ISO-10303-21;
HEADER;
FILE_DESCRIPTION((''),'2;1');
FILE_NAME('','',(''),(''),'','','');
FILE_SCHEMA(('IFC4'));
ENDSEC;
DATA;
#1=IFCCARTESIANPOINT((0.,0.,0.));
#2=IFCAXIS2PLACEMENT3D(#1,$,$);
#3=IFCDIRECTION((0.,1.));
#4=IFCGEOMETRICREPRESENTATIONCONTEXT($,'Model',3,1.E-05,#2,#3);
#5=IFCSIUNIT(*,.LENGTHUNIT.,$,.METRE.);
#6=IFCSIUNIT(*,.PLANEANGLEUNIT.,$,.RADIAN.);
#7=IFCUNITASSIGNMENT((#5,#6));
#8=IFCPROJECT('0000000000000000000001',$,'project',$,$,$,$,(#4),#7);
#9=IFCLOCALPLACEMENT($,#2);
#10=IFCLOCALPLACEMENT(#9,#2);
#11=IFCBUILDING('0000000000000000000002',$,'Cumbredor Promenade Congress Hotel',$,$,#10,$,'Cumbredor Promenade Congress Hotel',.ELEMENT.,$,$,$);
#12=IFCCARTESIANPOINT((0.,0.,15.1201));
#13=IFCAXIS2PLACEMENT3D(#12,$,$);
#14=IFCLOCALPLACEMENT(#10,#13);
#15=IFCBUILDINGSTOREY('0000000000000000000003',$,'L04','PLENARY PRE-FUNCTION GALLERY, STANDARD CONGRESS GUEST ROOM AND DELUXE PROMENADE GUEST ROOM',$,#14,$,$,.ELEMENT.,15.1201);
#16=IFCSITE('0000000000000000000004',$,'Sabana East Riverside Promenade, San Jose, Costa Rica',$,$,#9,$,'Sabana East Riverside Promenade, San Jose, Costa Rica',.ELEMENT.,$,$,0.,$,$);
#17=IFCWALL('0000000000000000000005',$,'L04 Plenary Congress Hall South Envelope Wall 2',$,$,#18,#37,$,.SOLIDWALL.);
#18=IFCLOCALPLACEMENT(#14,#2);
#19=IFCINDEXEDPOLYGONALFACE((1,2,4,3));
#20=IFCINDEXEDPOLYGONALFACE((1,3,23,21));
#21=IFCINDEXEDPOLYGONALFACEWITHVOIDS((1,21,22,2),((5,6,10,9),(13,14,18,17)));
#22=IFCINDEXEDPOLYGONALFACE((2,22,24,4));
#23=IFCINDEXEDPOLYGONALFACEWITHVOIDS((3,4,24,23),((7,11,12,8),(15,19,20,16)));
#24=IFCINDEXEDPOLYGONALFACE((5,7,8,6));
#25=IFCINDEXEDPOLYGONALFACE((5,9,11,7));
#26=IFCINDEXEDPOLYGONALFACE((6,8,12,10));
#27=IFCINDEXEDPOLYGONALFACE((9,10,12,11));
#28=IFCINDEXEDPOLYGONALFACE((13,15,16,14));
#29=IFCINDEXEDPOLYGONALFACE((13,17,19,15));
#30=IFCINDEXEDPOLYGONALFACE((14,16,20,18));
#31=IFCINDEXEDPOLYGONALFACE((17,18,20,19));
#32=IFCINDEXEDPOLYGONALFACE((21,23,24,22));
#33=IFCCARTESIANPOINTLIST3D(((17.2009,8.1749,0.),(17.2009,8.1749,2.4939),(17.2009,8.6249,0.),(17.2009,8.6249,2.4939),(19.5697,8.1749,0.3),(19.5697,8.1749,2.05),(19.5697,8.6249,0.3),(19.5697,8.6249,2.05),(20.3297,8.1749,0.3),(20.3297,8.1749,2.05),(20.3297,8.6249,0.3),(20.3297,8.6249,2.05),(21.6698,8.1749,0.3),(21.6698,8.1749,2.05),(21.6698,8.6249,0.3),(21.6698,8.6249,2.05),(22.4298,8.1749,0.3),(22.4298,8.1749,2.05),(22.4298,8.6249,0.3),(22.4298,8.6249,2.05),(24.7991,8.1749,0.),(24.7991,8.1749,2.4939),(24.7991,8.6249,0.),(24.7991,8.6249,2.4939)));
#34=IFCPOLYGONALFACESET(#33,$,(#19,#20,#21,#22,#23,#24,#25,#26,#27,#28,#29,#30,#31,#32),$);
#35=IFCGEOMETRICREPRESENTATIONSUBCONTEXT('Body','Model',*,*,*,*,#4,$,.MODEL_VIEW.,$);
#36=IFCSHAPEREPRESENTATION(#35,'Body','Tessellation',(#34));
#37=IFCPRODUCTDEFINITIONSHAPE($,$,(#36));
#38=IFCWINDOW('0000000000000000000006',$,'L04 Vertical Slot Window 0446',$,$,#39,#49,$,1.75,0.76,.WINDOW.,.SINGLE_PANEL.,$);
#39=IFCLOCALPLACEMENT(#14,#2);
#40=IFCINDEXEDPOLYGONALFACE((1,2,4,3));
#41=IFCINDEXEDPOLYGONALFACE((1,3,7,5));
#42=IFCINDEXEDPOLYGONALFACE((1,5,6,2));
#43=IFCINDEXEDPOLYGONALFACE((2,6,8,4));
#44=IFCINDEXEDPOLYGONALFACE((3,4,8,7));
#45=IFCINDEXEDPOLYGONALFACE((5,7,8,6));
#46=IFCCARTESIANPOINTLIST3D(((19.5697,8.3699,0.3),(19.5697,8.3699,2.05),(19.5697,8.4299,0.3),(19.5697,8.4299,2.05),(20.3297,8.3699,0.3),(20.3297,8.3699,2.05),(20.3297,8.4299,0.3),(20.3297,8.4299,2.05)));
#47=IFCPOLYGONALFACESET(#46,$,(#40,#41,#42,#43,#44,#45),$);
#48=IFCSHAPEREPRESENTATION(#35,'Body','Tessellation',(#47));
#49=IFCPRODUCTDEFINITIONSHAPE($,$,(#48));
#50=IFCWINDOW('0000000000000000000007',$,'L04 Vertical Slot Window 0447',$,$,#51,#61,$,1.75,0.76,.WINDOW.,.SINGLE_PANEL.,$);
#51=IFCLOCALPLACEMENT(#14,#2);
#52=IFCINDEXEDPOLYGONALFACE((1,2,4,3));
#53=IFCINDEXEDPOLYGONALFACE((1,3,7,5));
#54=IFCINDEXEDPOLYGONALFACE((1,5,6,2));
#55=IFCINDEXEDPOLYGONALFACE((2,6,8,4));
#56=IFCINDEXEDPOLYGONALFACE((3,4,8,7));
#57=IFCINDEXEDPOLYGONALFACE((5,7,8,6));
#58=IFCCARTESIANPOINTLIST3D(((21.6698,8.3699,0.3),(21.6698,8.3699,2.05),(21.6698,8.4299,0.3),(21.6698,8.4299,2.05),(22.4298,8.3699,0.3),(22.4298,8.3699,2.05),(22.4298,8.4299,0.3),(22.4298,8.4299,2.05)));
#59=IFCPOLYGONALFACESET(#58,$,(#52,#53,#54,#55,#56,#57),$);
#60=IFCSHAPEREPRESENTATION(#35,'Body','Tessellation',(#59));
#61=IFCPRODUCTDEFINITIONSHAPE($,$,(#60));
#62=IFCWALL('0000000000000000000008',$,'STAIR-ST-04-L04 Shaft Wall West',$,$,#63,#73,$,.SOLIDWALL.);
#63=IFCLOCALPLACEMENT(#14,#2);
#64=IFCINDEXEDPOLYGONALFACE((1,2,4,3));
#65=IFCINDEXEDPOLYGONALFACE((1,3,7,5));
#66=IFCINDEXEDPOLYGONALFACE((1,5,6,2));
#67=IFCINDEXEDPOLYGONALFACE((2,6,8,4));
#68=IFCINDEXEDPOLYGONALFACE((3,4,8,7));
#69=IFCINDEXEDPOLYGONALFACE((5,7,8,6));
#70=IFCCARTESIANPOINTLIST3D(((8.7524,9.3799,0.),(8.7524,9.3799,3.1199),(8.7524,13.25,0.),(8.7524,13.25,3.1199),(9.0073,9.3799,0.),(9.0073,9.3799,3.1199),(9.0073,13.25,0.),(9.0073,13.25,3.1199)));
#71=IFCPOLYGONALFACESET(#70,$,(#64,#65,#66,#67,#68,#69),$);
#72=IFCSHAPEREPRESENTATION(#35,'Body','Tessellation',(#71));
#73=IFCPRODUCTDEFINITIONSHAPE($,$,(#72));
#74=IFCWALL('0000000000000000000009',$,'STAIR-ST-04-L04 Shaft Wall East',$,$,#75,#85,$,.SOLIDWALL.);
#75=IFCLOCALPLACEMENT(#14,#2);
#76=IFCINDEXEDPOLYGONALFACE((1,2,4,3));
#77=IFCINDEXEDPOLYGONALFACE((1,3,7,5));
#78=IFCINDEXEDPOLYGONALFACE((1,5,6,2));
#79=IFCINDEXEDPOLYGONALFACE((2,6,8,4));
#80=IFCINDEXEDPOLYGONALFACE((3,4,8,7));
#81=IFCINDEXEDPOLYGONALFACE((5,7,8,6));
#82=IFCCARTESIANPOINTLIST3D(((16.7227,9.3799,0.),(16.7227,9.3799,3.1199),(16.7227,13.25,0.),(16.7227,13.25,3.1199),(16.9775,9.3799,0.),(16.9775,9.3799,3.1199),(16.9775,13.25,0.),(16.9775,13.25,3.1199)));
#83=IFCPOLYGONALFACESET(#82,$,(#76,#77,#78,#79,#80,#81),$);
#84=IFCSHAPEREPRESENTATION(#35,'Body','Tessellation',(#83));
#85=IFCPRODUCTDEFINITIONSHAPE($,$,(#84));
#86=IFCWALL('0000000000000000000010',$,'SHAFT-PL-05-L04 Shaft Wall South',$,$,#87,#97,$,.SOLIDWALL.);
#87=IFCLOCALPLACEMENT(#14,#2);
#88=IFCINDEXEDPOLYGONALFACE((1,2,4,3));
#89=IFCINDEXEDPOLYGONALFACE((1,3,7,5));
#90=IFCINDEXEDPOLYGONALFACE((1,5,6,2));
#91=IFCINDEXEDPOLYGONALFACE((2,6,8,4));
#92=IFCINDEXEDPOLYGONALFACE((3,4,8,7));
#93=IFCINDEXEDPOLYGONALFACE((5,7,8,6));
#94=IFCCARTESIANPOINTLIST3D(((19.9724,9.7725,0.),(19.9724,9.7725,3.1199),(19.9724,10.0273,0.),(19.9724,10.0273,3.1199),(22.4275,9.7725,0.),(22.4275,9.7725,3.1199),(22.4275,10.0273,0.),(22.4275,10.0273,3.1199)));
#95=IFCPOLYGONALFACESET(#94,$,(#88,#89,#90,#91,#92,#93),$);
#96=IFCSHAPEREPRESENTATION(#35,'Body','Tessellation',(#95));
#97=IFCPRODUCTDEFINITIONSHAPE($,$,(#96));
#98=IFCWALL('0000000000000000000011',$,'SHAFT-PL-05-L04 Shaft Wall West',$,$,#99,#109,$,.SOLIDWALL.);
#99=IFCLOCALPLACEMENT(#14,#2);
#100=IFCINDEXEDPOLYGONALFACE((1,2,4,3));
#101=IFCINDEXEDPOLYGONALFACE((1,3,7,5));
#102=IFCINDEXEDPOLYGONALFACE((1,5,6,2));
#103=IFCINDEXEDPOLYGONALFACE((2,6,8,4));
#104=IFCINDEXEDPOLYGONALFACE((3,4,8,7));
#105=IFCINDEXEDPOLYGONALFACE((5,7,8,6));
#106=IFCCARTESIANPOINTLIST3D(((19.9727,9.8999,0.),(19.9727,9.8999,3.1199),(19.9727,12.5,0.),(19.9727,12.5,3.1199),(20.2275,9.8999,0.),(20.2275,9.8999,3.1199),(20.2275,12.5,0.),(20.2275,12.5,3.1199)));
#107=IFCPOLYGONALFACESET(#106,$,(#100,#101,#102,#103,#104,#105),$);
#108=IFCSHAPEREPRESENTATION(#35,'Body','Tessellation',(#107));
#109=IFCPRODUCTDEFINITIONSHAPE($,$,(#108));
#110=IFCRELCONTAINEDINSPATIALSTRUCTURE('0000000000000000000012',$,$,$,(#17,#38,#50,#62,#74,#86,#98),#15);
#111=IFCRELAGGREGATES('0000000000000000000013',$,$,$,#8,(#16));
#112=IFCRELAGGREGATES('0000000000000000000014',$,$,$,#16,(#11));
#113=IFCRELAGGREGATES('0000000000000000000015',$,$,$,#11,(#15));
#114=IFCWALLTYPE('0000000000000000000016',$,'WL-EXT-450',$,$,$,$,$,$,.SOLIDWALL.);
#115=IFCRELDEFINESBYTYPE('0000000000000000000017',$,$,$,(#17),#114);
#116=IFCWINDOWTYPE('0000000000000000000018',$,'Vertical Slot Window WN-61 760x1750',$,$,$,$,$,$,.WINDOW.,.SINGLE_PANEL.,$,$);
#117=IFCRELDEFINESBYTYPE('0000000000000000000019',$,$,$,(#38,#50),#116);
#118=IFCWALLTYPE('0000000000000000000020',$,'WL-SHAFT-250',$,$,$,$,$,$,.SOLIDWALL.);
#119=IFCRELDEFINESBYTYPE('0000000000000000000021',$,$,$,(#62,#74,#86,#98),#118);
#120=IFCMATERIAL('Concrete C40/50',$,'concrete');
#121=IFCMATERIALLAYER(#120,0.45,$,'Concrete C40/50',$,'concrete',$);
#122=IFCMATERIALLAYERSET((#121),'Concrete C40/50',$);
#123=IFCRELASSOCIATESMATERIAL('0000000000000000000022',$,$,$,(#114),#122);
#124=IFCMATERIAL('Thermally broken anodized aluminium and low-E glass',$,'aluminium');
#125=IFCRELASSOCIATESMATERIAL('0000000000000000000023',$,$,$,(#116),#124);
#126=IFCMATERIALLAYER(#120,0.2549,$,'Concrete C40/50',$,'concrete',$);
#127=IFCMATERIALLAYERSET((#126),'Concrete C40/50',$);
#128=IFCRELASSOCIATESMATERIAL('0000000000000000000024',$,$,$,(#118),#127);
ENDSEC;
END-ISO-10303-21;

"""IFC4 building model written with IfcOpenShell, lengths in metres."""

from ifc_helpers import new_model, si_unit, direction, frame, frame_2d, origin, place, context, subcontext, project, spatial, rectangle, extrude, material, layer, layer_set, type_object, element, fill, save


model = new_model("IFC4")

# Units and contexts
model_context = context("Model", 3, precision=1e-05, world=origin(), true_north=direction((0.0, 1.0)))
body_context = subcontext(model_context, "Body", "Model", "MODEL_VIEW")
ifc_project = project(units=[si_unit("LENGTHUNIT", "METRE"), si_unit("PLANEANGLEUNIT", "RADIAN")], contexts=[model_context])

# Site, building, storey
site_placement = place(None, origin())
site = spatial("IfcSite", under=ifc_project, at=site_placement, Name="Sabana East Riverside Promenade, San Jose, Costa Rica", LongName="Sabana East Riverside Promenade, San Jose, Costa Rica", CompositionType="ELEMENT", RefElevation=0.0)
building_placement = place(site_placement, origin())
building = spatial("IfcBuilding", under=site, at=building_placement, Name="Cumbredor Promenade Congress Hotel", LongName="Cumbredor Promenade Congress Hotel", CompositionType="ELEMENT")
storey_placement = place(building_placement, frame((0.0, 0.0, 15.1201)))
storey = spatial("IfcBuildingStorey", under=building, at=storey_placement, Name="L04", Description="PLENARY PRE-FUNCTION GALLERY, STANDARD CONGRESS GUEST ROOM AND DELUXE PROMENADE GUEST ROOM", CompositionType="ELEMENT", Elevation=15.1201)

# Shared definitions
ifc_material_1 = material(Name="Thermally broken anodized aluminium and low-E glass", Category="aluminium")

# Shared definitions
ifc_material_2 = material(Name="Concrete C40/50", Category="concrete")

# Wall, openings, windows
ifc_layer_1 = layer(ifc_material_2, 0.45, Name="Concrete C40/50", Category="concrete")
ifc_layer_set_1 = layer_set([ifc_layer_1], Name="Concrete C40/50")
wall_type_1 = type_object("IfcWallType", Name="WL-EXT-450", PredefinedType="SOLIDWALL", material=ifc_layer_set_1)
wall_1_placement = place(storey_placement, frame((17.2009, 8.3999, 0.0), z_axis=(0.0, 0.0, 1.0), x_axis=(1.0, 0.0, 0.0)))
wall_1 = element("IfcWall", 1, at=wall_1_placement, inside=storey, type_object=wall_type_1, Name="L04 Plenary Congress Hall South Envelope Wall 2", PredefinedType="SOLIDWALL", context=body_context, shape_type="SweptSolid", body=[
    extrude(rectangle(XDim=7.5981, YDim=0.45, at=frame_2d((3.7991, 0.0))), origin(), (0.0, 0.0, 1.0), 2.4939),
])
opening_1_placement = place(wall_1_placement, frame((2.3689, 0.0, 0.3)))
opening_1 = element("IfcOpeningElement", 2, at=opening_1_placement, cuts=wall_1, PredefinedType="OPENING", context=body_context, shape_type="SweptSolid", body=[
    extrude(rectangle(XDim=0.76, YDim=1.75, at=frame_2d((0.3799, 0.875))), frame((0.0, 0.2349, 0.0), z_axis=(0.0, -1.0, 0.0), x_axis=(1.0, 0.0, 0.0)), (0.0, 0.0, 1.0), 0.47),
])
opening_2_placement = place(wall_1_placement, frame((4.469, 0.0, 0.3)))
opening_2 = element("IfcOpeningElement", 3, at=opening_2_placement, cuts=wall_1, PredefinedType="OPENING", context=body_context, shape_type="SweptSolid", body=[
    extrude(rectangle(XDim=0.76, YDim=1.75, at=frame_2d((0.3799, 0.875))), frame((0.0, 0.2349, 0.0), z_axis=(0.0, -1.0, 0.0), x_axis=(1.0, 0.0, 0.0)), (0.0, 0.0, 1.0), 0.47),
])
window_type_1 = type_object("IfcWindowType", Name="Vertical Slot Window WN-61 760x1750", PartitioningType="SINGLE_PANEL", PredefinedType="WINDOW", material=ifc_material_1)
window_1_placement = place(opening_1_placement, origin())
window_1 = element("IfcWindow", 4, at=window_1_placement, inside=storey, type_object=window_type_1, Name="L04 Vertical Slot Window 0446", OverallHeight=1.75, OverallWidth=0.76, PartitioningType="SINGLE_PANEL", PredefinedType="WINDOW", context=body_context, shape_type="SweptSolid", body=[
    extrude(rectangle(XDim=0.76, YDim=1.75, at=frame_2d((0.3799, 0.875))), frame((0.0, 0.03, 0.0), z_axis=(0.0, -1.0, 0.0), x_axis=(1.0, 0.0, 0.0)), (0.0, 0.0, 1.0), 0.0601),
])
fill(opening_1, window_1)
window_2_placement = place(opening_2_placement, origin())
window_2 = element("IfcWindow", 5, at=window_2_placement, inside=storey, type_object=window_type_1, Name="L04 Vertical Slot Window 0447", OverallHeight=1.75, OverallWidth=0.76, PartitioningType="SINGLE_PANEL", PredefinedType="WINDOW", context=body_context, shape_type="SweptSolid", body=[
    extrude(rectangle(XDim=0.76, YDim=1.75, at=frame_2d((0.3799, 0.875))), frame((0.0, 0.03, 0.0), z_axis=(0.0, -1.0, 0.0), x_axis=(1.0, 0.0, 0.0)), (0.0, 0.0, 1.0), 0.0601),
])
fill(opening_2, window_2)

# Walls
ifc_layer_2 = layer(ifc_material_2, 0.2549, Name="Concrete C40/50", Category="concrete")
ifc_layer_set_2 = layer_set([ifc_layer_2], Name="Concrete C40/50")
wall_type_2 = type_object("IfcWallType", Name="WL-SHAFT-250", PredefinedType="SOLIDWALL", material=ifc_layer_set_2)
for number, where, z_axis, x_axis, name in (
    (6, (8.8799, 9.3799, 0.0), (0.0, 0.0, 1.0), (0.0, 1.0, 0.0), "STAIR-ST-04-L04 Shaft Wall West"),
    (7, (16.8501, 9.3799, 0.0), (0.0, 0.0, 1.0), (0.0, 1.0, 0.0), "STAIR-ST-04-L04 Shaft Wall East"),
):
    element("IfcWall", number, at=place(storey_placement, frame(where, z_axis=z_axis, x_axis=x_axis)), inside=storey, type_object=wall_type_2, Name=name, PredefinedType="SOLIDWALL", context=body_context, shape_type="SweptSolid", body=[
        extrude(rectangle(XDim=3.8701, YDim=0.2549, at=frame_2d((1.9351, 0.0))), origin(), (0.0, 0.0, 1.0), 3.1199),
    ])
wall_2_placement = place(storey_placement, frame((19.9724, 9.8999, 0.0), z_axis=(0.0, 0.0, 1.0), x_axis=(1.0, 0.0, 0.0)))
element("IfcWall", 8, at=wall_2_placement, inside=storey, type_object=wall_type_2, Name="SHAFT-PL-05-L04 Shaft Wall South", PredefinedType="SOLIDWALL", context=body_context, shape_type="SweptSolid", body=[
    extrude(rectangle(XDim=2.4551, YDim=0.2549, at=frame_2d((1.2275, 0.0))), origin(), (0.0, 0.0, 1.0), 3.1199),
])
wall_3_placement = place(storey_placement, frame((20.1001, 9.8999, 0.0), z_axis=(0.0, 0.0, 1.0), x_axis=(0.0, 1.0, 0.0)))
element("IfcWall", 9, at=wall_3_placement, inside=storey, type_object=wall_type_2, Name="SHAFT-PL-05-L04 Shaft Wall West", PredefinedType="SOLIDWALL", context=body_context, shape_type="SweptSolid", body=[
    extrude(rectangle(XDim=2.6001, YDim=0.2549, at=frame_2d((1.3, 0.0))), origin(), (0.0, 0.0, 1.0), 3.1199),
])

save(model, "model.ifc")
